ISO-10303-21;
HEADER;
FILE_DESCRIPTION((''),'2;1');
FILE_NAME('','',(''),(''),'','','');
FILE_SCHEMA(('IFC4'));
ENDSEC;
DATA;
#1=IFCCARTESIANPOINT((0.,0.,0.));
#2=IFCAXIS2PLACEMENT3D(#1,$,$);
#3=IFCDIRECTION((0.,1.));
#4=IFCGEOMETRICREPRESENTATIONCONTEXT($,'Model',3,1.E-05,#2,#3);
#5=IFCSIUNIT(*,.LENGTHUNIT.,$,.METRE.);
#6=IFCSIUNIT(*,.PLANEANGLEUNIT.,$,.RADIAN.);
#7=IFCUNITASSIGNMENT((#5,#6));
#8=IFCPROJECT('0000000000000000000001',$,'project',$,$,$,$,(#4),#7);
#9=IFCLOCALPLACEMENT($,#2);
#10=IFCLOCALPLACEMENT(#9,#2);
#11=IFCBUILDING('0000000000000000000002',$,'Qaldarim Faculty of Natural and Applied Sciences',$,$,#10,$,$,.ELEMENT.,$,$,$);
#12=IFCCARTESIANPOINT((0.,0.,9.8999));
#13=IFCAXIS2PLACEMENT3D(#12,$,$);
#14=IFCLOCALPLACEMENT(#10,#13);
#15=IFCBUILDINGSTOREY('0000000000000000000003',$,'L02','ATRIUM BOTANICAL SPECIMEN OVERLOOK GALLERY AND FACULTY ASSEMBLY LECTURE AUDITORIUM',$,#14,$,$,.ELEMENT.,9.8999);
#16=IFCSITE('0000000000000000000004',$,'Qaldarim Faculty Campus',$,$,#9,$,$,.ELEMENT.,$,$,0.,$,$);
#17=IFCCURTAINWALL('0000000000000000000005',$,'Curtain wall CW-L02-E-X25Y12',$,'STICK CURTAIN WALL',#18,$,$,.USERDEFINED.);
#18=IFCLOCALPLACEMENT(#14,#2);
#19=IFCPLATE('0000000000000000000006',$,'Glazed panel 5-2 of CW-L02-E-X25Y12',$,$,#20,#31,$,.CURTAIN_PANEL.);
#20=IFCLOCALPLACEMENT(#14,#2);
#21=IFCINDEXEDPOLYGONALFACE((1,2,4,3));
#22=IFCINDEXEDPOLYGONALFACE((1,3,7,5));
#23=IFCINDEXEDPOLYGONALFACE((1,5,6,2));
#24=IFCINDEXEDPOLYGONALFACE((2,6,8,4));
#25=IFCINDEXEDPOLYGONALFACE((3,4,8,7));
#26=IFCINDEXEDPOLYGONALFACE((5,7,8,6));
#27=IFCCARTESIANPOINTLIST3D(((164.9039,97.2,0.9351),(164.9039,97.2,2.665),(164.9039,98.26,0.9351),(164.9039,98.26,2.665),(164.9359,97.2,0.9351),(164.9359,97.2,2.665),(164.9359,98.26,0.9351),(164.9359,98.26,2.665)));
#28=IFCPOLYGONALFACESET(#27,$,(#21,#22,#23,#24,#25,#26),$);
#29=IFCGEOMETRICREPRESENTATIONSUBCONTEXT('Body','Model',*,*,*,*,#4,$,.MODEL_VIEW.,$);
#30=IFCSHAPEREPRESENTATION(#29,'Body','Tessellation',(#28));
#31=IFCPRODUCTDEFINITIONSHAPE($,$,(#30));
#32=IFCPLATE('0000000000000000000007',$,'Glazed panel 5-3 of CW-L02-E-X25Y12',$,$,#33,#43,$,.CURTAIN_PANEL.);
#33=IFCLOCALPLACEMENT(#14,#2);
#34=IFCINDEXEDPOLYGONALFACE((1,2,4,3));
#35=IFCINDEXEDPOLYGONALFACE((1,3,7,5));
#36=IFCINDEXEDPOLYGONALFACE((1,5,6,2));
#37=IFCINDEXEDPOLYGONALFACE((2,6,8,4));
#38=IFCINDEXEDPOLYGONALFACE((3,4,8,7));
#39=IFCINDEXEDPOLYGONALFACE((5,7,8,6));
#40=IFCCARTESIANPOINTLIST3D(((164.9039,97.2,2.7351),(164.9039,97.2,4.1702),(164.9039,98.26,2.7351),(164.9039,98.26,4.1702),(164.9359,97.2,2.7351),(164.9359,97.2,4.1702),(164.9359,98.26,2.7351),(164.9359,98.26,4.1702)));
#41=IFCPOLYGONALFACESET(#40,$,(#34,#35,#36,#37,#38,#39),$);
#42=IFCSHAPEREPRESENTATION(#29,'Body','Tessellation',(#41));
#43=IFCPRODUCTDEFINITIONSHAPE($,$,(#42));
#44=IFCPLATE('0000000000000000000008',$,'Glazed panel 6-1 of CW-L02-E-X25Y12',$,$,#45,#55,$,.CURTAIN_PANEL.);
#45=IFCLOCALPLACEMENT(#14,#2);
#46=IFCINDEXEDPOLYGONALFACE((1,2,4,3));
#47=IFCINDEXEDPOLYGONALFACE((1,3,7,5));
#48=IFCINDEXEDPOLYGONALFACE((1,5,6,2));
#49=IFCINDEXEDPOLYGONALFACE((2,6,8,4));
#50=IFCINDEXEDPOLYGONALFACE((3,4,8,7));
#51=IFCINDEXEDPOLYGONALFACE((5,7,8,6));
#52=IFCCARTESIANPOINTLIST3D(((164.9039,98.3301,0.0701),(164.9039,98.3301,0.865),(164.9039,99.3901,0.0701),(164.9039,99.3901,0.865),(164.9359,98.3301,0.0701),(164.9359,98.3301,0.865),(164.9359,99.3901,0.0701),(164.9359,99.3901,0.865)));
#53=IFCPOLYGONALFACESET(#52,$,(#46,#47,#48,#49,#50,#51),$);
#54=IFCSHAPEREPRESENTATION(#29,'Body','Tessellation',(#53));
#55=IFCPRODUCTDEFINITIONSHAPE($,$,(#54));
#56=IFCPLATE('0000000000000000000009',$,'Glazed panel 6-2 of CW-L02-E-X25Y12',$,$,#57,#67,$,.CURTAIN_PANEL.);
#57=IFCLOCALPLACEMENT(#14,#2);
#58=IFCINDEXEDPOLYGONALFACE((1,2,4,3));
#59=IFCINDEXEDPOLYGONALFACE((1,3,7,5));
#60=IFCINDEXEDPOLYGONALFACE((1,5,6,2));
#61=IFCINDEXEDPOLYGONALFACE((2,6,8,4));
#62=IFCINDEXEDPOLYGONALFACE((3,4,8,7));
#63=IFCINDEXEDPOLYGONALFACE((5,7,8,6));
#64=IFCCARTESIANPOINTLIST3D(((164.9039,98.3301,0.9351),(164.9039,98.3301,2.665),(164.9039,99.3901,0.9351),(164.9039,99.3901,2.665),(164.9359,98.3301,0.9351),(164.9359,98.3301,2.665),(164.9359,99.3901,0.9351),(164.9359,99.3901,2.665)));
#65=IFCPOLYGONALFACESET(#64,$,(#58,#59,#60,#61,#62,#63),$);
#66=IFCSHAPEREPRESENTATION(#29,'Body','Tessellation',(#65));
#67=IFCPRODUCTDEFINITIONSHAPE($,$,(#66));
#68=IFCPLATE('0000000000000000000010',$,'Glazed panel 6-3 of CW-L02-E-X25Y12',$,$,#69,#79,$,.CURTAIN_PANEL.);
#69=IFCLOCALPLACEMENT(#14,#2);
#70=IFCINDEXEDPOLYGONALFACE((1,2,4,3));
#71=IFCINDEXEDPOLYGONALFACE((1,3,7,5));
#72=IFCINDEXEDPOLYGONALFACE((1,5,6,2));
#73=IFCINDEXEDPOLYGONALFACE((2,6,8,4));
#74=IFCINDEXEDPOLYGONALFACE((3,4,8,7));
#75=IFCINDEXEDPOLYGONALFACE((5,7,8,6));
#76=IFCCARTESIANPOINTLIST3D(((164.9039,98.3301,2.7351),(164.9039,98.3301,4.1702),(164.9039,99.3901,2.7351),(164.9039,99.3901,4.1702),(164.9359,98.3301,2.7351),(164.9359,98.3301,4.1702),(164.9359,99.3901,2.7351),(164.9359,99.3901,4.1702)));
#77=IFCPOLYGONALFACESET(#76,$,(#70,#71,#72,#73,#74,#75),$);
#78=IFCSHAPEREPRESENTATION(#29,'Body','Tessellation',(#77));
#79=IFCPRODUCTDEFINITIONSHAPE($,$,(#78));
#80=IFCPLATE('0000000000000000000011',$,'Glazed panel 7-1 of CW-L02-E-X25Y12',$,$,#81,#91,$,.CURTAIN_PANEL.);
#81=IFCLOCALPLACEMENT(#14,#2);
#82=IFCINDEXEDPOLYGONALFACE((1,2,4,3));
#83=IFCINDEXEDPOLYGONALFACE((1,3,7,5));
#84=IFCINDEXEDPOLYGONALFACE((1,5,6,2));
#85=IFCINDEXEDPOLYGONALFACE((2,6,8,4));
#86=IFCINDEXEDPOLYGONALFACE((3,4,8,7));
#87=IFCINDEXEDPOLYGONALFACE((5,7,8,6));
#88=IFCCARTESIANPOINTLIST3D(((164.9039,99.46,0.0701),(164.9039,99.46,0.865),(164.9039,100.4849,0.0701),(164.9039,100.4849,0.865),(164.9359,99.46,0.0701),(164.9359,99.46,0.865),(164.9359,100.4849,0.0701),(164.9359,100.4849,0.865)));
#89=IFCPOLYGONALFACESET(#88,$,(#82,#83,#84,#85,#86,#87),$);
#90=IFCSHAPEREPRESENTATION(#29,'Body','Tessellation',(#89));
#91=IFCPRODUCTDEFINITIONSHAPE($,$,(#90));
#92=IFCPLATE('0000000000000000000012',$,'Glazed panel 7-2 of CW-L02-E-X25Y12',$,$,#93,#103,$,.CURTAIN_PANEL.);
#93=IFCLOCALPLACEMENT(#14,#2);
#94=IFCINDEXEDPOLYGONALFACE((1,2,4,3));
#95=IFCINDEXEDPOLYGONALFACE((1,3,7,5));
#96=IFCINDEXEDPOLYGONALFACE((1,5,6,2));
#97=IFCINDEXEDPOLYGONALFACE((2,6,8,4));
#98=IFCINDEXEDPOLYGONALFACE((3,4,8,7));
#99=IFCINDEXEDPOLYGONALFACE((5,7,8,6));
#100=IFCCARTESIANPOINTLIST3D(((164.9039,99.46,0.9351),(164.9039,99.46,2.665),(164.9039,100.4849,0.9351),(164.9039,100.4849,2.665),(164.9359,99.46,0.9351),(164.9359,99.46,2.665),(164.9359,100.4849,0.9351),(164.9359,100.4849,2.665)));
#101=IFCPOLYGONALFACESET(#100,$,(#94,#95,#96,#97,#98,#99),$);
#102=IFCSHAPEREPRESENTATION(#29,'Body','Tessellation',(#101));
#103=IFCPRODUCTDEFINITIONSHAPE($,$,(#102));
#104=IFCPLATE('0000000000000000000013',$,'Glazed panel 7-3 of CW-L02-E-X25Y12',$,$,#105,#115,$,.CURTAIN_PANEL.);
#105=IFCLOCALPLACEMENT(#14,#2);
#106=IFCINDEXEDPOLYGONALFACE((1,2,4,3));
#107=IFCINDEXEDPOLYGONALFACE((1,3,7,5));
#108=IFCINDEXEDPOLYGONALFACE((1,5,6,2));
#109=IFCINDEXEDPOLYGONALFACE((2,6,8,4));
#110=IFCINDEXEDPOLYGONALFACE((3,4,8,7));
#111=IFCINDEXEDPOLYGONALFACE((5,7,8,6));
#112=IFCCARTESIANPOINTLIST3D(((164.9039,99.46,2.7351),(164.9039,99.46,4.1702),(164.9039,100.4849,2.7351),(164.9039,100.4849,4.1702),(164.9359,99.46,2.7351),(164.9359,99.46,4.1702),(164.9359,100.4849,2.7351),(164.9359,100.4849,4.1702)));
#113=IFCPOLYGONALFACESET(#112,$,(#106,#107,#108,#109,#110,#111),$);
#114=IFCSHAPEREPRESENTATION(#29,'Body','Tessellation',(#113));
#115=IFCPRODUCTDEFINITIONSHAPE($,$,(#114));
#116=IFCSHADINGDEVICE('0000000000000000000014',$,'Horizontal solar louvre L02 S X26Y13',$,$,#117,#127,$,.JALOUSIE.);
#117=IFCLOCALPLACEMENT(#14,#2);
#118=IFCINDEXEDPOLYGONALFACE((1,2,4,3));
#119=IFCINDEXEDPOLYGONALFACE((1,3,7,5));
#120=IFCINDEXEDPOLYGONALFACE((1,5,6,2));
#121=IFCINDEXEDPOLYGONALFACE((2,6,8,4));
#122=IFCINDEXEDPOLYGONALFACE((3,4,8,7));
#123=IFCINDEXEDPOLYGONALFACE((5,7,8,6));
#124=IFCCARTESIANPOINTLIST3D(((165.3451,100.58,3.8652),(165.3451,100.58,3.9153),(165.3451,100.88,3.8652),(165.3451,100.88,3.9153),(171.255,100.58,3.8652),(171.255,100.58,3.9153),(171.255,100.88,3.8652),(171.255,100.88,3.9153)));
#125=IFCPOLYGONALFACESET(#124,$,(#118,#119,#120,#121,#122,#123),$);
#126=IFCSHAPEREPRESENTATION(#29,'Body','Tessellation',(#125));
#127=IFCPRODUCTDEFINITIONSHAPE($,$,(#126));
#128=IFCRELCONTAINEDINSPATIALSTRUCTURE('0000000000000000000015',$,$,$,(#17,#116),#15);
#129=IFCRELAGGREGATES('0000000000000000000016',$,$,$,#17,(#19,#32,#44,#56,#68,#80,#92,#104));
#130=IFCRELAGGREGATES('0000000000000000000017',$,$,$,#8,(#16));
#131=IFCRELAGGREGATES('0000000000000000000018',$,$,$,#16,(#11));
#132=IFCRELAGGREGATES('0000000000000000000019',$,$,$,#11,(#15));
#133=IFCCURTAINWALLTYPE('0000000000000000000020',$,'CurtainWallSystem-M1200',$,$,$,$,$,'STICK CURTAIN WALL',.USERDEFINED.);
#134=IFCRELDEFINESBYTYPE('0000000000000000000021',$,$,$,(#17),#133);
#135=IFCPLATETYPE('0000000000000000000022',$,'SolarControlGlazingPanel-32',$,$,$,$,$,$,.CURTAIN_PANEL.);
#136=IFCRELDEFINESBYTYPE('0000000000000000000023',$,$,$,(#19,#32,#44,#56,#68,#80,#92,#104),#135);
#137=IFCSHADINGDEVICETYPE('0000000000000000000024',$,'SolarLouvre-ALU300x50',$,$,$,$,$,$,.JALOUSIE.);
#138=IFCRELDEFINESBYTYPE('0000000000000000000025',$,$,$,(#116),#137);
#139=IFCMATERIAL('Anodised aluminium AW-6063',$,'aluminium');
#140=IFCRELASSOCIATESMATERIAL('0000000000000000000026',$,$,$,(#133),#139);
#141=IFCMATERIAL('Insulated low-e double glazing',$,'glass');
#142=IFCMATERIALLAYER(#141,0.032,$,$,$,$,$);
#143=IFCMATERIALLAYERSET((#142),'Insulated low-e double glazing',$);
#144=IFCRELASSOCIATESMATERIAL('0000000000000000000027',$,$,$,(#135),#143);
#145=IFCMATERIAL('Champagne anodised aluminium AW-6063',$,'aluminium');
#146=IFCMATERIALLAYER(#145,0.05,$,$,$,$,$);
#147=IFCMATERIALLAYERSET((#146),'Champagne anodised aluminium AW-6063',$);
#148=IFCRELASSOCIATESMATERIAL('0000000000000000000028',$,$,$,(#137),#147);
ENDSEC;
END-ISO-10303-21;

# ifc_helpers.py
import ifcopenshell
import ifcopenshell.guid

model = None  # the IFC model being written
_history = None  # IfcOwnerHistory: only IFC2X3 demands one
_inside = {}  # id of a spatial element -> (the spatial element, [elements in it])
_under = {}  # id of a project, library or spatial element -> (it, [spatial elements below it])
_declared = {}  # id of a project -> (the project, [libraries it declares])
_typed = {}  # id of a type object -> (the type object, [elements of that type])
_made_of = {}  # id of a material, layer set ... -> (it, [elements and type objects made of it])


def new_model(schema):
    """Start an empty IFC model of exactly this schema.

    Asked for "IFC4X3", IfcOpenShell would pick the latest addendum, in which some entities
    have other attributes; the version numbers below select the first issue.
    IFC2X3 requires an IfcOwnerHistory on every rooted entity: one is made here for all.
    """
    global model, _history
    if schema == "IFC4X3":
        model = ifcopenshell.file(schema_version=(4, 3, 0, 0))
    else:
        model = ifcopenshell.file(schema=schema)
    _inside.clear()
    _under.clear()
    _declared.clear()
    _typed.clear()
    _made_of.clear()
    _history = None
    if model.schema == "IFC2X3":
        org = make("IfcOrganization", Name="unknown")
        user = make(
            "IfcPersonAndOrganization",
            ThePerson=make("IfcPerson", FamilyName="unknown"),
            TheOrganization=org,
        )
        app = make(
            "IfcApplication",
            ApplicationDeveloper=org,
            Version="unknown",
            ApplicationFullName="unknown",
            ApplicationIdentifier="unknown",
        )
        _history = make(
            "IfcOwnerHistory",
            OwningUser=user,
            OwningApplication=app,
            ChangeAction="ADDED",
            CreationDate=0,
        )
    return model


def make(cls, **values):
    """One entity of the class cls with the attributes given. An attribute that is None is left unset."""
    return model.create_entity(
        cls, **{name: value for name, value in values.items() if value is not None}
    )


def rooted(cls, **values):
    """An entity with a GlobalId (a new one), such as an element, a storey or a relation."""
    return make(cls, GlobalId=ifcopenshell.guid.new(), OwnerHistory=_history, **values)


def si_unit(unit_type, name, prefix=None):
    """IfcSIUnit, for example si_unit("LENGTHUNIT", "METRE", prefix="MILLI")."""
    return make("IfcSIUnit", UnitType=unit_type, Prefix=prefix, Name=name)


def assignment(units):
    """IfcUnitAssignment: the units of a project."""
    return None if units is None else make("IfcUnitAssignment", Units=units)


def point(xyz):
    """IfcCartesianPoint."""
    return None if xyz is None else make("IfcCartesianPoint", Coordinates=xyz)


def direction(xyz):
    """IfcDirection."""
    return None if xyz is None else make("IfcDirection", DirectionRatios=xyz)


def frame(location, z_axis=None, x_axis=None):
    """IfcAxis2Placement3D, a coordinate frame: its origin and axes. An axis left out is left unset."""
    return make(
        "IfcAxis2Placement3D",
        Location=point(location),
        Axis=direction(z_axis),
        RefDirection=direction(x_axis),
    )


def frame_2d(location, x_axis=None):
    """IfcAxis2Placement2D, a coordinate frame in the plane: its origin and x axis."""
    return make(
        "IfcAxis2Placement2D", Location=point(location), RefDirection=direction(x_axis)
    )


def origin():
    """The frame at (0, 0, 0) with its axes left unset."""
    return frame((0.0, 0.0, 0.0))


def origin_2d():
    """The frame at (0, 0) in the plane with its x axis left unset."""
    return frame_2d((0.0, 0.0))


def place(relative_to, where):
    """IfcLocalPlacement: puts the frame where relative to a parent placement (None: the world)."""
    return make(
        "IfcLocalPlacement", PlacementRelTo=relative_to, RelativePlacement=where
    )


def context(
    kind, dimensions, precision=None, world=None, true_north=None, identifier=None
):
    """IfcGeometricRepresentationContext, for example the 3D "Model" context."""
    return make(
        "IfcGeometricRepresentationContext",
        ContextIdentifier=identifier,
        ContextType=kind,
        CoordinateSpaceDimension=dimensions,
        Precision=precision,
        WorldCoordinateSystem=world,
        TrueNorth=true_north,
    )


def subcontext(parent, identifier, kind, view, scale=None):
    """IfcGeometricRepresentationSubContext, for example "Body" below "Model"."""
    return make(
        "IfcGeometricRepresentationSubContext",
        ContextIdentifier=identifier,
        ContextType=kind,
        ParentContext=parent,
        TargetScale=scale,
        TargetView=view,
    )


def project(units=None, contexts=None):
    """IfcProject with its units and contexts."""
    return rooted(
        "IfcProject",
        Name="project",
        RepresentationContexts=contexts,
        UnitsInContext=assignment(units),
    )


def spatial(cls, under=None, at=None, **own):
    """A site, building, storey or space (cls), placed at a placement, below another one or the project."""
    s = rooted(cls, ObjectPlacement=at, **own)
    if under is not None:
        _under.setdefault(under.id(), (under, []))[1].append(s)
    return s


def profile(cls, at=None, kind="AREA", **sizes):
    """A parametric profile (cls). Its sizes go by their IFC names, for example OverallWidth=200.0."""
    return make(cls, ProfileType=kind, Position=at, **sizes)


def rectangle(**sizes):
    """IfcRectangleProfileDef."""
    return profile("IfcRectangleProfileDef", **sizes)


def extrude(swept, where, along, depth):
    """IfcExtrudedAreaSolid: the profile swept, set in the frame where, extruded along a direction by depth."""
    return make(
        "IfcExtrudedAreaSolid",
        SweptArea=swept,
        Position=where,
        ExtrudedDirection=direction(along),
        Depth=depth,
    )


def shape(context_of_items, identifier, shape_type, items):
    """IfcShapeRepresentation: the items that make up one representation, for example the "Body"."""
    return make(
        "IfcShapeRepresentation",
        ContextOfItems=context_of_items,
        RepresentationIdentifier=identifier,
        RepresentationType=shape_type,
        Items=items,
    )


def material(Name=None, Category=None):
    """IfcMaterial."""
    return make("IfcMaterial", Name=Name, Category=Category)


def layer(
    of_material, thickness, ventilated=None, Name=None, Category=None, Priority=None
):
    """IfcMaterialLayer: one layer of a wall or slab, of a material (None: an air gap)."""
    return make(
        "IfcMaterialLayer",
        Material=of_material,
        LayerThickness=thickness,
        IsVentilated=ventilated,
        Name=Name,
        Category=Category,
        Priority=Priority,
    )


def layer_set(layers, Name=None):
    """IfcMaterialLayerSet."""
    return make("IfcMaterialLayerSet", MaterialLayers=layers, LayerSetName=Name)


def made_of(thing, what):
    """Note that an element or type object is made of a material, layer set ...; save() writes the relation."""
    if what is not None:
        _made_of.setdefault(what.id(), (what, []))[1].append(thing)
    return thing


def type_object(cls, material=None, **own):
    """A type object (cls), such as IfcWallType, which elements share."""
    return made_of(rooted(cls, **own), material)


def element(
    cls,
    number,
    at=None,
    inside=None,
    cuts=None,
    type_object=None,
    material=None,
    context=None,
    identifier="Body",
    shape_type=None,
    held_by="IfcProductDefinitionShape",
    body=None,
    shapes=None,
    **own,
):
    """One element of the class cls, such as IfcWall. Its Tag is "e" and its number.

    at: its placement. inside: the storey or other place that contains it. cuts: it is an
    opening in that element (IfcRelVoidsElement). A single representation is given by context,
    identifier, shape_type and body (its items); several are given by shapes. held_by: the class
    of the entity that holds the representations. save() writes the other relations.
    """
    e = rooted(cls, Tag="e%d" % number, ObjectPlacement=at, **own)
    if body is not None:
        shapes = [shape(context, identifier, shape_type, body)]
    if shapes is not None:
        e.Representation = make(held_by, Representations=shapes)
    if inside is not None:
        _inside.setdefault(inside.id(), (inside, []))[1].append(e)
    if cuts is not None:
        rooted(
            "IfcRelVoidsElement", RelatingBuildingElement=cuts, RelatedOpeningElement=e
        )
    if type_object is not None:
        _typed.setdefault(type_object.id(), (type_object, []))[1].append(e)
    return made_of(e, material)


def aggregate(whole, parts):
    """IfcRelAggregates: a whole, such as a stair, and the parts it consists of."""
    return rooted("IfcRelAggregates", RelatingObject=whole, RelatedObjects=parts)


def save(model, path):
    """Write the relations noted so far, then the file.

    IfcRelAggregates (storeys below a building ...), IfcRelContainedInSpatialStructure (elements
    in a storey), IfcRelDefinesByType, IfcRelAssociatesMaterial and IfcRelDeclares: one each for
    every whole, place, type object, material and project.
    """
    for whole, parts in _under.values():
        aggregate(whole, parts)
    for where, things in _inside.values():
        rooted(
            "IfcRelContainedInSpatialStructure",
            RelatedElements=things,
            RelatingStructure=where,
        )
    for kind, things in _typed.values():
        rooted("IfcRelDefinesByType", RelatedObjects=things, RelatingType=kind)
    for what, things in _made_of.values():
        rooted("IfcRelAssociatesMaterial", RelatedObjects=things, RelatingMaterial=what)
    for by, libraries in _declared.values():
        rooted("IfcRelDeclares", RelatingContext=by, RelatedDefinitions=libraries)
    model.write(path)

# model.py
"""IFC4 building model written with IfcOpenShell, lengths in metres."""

from ifc_helpers import new_model, si_unit, direction, frame, origin, origin_2d, place, context, subcontext, project, spatial, rectangle, extrude, material, layer, layer_set, type_object, element, aggregate, save


model = new_model("IFC4")

# Units and contexts
model_context = context("Model", 3, precision=1e-05, world=origin(), true_north=direction((0.0, 1.0)))
body_context = subcontext(model_context, "Body", "Model", "MODEL_VIEW")
ifc_project = project(units=[si_unit("LENGTHUNIT", "METRE"), si_unit("PLANEANGLEUNIT", "RADIAN")], contexts=[model_context])

# Site, building, storey
site_placement = place(None, origin())
site = spatial("IfcSite", under=ifc_project, at=site_placement, Name="Qaldarim Faculty Campus", CompositionType="ELEMENT", RefElevation=0.0)
building_placement = place(site_placement, origin())
building = spatial("IfcBuilding", under=site, at=building_placement, Name="Qaldarim Faculty of Natural and Applied Sciences", CompositionType="ELEMENT")
storey_placement = place(building_placement, frame((0.0, 0.0, 9.8999)))
storey = spatial("IfcBuildingStorey", under=building, at=storey_placement, Name="L02", Description="ATRIUM BOTANICAL SPECIMEN OVERLOOK GALLERY AND FACULTY ASSEMBLY LECTURE AUDITORIUM", CompositionType="ELEMENT", Elevation=9.8999)

# Curtain wall, plates
ifc_material_1 = material(Name="Anodised aluminium AW-6063", Category="aluminium")
curtain_wall_type = type_object("IfcCurtainWallType", Name="CurtainWallSystem-M1200", ElementType="STICK CURTAIN WALL", PredefinedType="USERDEFINED", material=ifc_material_1)
curtain_wall_placement = place(storey_placement, origin())
curtain_wall = element("IfcCurtainWall", 1, at=curtain_wall_placement, inside=storey, type_object=curtain_wall_type, Name="Curtain wall CW-L02-E-X25Y12", ObjectType="STICK CURTAIN WALL", PredefinedType="USERDEFINED")
ifc_material_2 = material(Name="Insulated low-e double glazing", Category="glass")
ifc_layer_1 = layer(ifc_material_2, 0.032)
ifc_layer_set_1 = layer_set([ifc_layer_1], Name="Insulated low-e double glazing")
plate_type = type_object("IfcPlateType", Name="SolarControlGlazingPanel-32", PredefinedType="CURTAIN_PANEL", material=ifc_layer_set_1)
plate_1_placement = place(storey_placement, frame((164.9199, 97.73, 0.9351), z_axis=(0.0, 0.0, 1.0), x_axis=(0.0, 1.0, 0.0)))
plate_1 = element("IfcPlate", 2, at=plate_1_placement, type_object=plate_type, Name="Glazed panel 5-2 of CW-L02-E-X25Y12", PredefinedType="CURTAIN_PANEL", context=body_context, shape_type="SweptSolid", body=[
    extrude(rectangle(XDim=1.0601, YDim=0.032, at=origin_2d()), origin(), (0.0, 0.0, 1.0), 1.73),
])
plate_2_placement = place(storey_placement, frame((164.9199, 97.73, 2.7351), z_axis=(0.0, 0.0, 1.0), x_axis=(0.0, 1.0, 0.0)))
plate_2 = element("IfcPlate", 3, at=plate_2_placement, type_object=plate_type, Name="Glazed panel 5-3 of CW-L02-E-X25Y12", PredefinedType="CURTAIN_PANEL", context=body_context, shape_type="SweptSolid", body=[
    extrude(rectangle(XDim=1.0601, YDim=0.032, at=origin_2d()), origin(), (0.0, 0.0, 1.0), 1.4351),
])
plate_3_placement = place(storey_placement, frame((164.9199, 98.8601, 0.0701), z_axis=(0.0, 0.0, 1.0), x_axis=(0.0, 1.0, 0.0)))
plate_3 = element("IfcPlate", 4, at=plate_3_placement, type_object=plate_type, Name="Glazed panel 6-1 of CW-L02-E-X25Y12", PredefinedType="CURTAIN_PANEL", context=body_context, shape_type="SweptSolid", body=[
    extrude(rectangle(XDim=1.0601, YDim=0.032, at=origin_2d()), origin(), (0.0, 0.0, 1.0), 0.7949),
])
plate_4_placement = place(storey_placement, frame((164.9199, 98.8601, 0.9351), z_axis=(0.0, 0.0, 1.0), x_axis=(0.0, 1.0, 0.0)))
plate_4 = element("IfcPlate", 5, at=plate_4_placement, type_object=plate_type, Name="Glazed panel 6-2 of CW-L02-E-X25Y12", PredefinedType="CURTAIN_PANEL", context=body_context, shape_type="SweptSolid", body=[
    extrude(rectangle(XDim=1.0601, YDim=0.032, at=origin_2d()), origin(), (0.0, 0.0, 1.0), 1.73),
])
plate_5_placement = place(storey_placement, frame((164.9199, 98.8601, 2.7351), z_axis=(0.0, 0.0, 1.0), x_axis=(0.0, 1.0, 0.0)))
plate_5 = element("IfcPlate", 6, at=plate_5_placement, type_object=plate_type, Name="Glazed panel 6-3 of CW-L02-E-X25Y12", PredefinedType="CURTAIN_PANEL", context=body_context, shape_type="SweptSolid", body=[
    extrude(rectangle(XDim=1.0601, YDim=0.032, at=origin_2d()), origin(), (0.0, 0.0, 1.0), 1.4351),
])
plate_6_placement = place(storey_placement, frame((164.9199, 99.9724, 0.0701), z_axis=(0.0, 0.0, 1.0), x_axis=(0.0, 1.0, 0.0)))
plate_6 = element("IfcPlate", 7, at=plate_6_placement, type_object=plate_type, Name="Glazed panel 7-1 of CW-L02-E-X25Y12", PredefinedType="CURTAIN_PANEL", context=body_context, shape_type="SweptSolid", body=[
    extrude(rectangle(XDim=1.0249, YDim=0.032, at=origin_2d()), origin(), (0.0, 0.0, 1.0), 0.7949),
])
plate_7_placement = place(storey_placement, frame((164.9199, 99.9724, 0.9351), z_axis=(0.0, 0.0, 1.0), x_axis=(0.0, 1.0, 0.0)))
plate_7 = element("IfcPlate", 8, at=plate_7_placement, type_object=plate_type, Name="Glazed panel 7-2 of CW-L02-E-X25Y12", PredefinedType="CURTAIN_PANEL", context=body_context, shape_type="SweptSolid", body=[
    extrude(rectangle(XDim=1.0249, YDim=0.032, at=origin_2d()), origin(), (0.0, 0.0, 1.0), 1.73),
])
plate_8_placement = place(storey_placement, frame((164.9199, 99.9724, 2.7351), z_axis=(0.0, 0.0, 1.0), x_axis=(0.0, 1.0, 0.0)))
plate_8 = element("IfcPlate", 9, at=plate_8_placement, type_object=plate_type, Name="Glazed panel 7-3 of CW-L02-E-X25Y12", PredefinedType="CURTAIN_PANEL", context=body_context, shape_type="SweptSolid", body=[
    extrude(rectangle(XDim=1.0249, YDim=0.032, at=origin_2d()), origin(), (0.0, 0.0, 1.0), 1.4351),
])
aggregate(curtain_wall, [plate_1, plate_2, plate_3, plate_4, plate_5, plate_6, plate_7, plate_8])

# Shading device
ifc_material_3 = material(Name="Champagne anodised aluminium AW-6063", Category="aluminium")
ifc_layer_2 = layer(ifc_material_3, 0.05)
ifc_layer_set_2 = layer_set([ifc_layer_2], Name="Champagne anodised aluminium AW-6063")
shading_device_type = type_object("IfcShadingDeviceType", Name="SolarLouvre-ALU300x50", PredefinedType="JALOUSIE", material=ifc_layer_set_2)
shading_device_placement = place(storey_placement, frame((168.3, 100.73, 3.8652), z_axis=(0.0, 0.0, 1.0), x_axis=(1.0, 0.0, 0.0)))
element("IfcShadingDevice", 10, at=shading_device_placement, inside=storey, type_object=shading_device_type, Name="Horizontal solar louvre L02 S X26Y13", PredefinedType="JALOUSIE", context=body_context, shape_type="SweptSolid", body=[
    extrude(rectangle(XDim=5.9099, YDim=0.3, at=origin_2d()), origin(), (0.0, 0.0, 1.0), 0.05),
])

save(model, "model.ifc")
